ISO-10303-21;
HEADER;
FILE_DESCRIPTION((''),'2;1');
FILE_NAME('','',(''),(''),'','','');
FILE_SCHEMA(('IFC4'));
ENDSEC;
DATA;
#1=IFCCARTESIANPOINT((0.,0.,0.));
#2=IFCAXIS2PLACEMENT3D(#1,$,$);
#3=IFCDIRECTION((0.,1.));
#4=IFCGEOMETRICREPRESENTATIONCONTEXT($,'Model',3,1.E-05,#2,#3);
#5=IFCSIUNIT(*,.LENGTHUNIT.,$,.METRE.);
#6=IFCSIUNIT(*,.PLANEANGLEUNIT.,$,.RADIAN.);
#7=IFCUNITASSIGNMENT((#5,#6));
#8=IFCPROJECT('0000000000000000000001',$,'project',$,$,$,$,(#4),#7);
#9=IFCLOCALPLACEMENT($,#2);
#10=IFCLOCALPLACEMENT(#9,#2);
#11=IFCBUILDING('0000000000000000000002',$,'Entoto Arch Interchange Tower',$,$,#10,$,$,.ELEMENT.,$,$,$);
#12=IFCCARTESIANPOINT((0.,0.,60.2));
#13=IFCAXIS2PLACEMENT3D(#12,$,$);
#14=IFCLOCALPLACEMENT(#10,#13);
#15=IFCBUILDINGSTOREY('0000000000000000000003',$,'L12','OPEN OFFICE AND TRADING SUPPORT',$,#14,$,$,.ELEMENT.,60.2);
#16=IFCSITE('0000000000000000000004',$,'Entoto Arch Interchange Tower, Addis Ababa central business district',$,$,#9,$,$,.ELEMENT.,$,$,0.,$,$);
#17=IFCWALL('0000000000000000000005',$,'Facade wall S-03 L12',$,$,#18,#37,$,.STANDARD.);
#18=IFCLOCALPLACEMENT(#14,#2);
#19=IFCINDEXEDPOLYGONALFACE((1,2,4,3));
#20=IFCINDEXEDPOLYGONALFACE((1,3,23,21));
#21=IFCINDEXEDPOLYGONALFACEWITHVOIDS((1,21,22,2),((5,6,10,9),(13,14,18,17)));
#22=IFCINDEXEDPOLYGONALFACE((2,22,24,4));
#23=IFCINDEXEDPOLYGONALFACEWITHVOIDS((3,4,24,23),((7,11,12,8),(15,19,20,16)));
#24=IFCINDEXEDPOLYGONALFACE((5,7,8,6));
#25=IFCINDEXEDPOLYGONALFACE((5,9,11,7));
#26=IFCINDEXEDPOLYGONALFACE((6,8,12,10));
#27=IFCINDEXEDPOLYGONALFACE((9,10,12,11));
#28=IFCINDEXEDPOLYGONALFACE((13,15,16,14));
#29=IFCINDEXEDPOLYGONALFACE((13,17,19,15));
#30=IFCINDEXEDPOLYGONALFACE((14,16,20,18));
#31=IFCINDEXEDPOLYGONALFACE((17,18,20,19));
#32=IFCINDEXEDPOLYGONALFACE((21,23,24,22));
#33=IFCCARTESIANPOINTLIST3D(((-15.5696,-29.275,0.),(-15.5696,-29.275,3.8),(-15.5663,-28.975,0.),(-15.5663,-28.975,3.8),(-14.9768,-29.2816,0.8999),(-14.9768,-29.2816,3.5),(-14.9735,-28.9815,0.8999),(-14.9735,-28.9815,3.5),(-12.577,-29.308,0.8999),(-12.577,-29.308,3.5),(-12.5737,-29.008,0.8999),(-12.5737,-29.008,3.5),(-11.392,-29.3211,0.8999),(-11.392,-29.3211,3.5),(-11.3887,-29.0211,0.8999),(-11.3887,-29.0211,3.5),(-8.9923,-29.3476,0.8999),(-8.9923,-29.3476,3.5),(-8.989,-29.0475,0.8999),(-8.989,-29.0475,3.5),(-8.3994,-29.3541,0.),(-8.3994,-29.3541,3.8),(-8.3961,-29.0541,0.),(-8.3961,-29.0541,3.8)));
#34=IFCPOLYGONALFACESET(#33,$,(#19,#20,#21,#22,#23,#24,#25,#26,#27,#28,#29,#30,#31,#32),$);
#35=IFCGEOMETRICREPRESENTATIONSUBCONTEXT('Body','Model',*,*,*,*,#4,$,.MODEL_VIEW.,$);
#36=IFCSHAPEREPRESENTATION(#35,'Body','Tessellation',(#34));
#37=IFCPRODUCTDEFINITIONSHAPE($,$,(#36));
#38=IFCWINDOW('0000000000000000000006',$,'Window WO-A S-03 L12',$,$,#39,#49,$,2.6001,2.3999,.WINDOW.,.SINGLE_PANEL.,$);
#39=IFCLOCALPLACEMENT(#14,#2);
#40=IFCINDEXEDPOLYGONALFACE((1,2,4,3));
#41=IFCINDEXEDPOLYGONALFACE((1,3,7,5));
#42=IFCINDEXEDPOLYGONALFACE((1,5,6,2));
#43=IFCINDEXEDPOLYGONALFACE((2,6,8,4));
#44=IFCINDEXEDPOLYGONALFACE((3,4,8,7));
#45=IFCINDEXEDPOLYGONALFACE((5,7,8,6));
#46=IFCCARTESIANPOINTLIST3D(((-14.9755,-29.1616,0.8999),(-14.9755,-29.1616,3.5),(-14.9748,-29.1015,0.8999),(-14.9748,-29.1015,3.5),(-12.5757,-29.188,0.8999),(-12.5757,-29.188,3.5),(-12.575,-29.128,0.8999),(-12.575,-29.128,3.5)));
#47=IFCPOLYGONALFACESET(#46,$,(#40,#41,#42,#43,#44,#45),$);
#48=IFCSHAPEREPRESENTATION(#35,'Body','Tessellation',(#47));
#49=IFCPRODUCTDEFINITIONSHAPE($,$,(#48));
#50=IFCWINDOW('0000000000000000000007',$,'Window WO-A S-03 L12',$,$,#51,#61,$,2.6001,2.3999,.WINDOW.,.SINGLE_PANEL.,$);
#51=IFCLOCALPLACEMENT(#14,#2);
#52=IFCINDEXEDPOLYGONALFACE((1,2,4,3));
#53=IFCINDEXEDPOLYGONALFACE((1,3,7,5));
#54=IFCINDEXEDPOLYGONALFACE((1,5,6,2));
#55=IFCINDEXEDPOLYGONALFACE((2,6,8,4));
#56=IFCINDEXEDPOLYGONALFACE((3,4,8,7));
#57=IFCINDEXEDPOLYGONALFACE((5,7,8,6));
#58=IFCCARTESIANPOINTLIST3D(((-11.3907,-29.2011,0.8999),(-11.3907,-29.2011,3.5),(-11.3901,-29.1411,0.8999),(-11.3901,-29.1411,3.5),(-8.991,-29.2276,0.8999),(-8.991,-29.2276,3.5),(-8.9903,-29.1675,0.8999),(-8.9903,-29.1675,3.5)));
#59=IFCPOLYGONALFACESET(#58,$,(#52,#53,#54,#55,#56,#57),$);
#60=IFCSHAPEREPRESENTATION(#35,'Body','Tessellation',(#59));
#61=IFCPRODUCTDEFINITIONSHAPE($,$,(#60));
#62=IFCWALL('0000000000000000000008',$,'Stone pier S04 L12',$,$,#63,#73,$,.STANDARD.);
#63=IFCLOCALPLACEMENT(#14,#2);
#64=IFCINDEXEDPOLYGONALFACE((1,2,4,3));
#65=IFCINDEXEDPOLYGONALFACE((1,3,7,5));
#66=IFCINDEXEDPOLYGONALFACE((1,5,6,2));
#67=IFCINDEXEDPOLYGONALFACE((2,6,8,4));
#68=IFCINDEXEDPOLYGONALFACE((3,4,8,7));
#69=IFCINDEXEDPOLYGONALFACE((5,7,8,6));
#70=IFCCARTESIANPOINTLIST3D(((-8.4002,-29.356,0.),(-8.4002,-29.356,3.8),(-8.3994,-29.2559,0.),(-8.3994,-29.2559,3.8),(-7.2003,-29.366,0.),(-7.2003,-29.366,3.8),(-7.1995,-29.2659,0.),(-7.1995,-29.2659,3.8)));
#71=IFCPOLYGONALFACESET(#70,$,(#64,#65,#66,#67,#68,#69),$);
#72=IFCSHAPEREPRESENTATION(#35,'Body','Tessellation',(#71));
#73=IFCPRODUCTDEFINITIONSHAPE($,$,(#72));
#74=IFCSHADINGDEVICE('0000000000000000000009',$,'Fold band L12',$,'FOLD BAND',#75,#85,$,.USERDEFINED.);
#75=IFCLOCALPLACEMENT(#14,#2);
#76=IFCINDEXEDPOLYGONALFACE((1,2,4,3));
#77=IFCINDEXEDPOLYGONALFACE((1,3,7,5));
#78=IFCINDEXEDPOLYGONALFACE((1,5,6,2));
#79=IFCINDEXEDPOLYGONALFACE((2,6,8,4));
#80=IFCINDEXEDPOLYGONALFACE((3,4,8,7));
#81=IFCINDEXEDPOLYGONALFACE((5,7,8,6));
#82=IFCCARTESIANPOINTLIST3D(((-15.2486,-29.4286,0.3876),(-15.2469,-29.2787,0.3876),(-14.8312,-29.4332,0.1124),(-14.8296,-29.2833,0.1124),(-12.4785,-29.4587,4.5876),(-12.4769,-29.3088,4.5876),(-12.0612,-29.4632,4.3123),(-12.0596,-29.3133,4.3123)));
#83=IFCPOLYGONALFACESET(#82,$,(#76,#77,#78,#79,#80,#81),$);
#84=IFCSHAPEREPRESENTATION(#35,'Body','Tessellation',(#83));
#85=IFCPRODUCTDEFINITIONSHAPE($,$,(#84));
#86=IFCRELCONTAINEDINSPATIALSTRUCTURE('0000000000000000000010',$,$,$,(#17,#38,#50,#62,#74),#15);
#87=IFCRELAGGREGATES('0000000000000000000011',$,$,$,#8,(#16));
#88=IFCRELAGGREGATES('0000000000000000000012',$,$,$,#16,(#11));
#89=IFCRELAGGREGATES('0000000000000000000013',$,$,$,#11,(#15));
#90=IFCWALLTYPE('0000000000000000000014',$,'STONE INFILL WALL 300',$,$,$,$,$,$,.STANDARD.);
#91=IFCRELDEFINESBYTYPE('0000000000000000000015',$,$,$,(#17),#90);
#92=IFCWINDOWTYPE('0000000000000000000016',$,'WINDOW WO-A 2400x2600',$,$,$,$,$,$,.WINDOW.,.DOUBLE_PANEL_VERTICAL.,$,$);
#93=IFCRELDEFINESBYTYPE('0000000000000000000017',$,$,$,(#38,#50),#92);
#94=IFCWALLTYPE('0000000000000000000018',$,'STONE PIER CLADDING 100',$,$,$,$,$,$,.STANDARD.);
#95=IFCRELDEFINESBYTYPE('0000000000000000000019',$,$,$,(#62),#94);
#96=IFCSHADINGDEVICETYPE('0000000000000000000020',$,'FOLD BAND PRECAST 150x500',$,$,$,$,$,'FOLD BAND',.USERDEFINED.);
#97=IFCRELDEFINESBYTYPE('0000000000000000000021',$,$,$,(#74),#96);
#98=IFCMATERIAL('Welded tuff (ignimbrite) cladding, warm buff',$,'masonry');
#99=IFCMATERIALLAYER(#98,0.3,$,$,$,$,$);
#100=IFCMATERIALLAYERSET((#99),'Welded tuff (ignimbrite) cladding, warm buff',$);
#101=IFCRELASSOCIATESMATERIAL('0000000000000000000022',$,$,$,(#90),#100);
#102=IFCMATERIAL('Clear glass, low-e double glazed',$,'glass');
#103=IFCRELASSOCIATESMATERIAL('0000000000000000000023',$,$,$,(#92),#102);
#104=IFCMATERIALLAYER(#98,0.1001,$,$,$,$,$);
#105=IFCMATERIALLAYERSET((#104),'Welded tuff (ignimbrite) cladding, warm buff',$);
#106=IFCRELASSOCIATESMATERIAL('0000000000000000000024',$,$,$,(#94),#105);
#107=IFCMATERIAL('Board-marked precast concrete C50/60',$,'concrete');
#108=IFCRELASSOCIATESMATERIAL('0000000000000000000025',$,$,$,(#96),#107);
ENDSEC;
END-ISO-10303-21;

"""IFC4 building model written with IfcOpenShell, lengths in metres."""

from ifc_helpers import new_model, si_unit, direction, frame, frame_2d, origin, origin_2d, place, context, subcontext, project, spatial, rectangle, extrude, material, layer, layer_set, material_profile, profile_set, type_object, element, fill, save


model = new_model("IFC4")

# Units and contexts
model_context = context("Model", 3, precision=1e-05, world=origin(), true_north=direction((0.0, 1.0)))
body_context = subcontext(model_context, "Body", "Model", "MODEL_VIEW")
ifc_project = project(units=[si_unit("LENGTHUNIT", "METRE"), si_unit("PLANEANGLEUNIT", "RADIAN")], contexts=[model_context])

# Site, building, storey
site_placement = place(None, origin())
site = spatial("IfcSite", under=ifc_project, at=site_placement, Name="Entoto Arch Interchange Tower, Addis Ababa central business district", CompositionType="ELEMENT", RefElevation=0.0)
building_placement = place(site_placement, origin())
building = spatial("IfcBuilding", under=site, at=building_placement, Name="Entoto Arch Interchange Tower", CompositionType="ELEMENT")
storey_placement = place(building_placement, frame((0.0, 0.0, 60.2)))
storey = spatial("IfcBuildingStorey", under=building, at=storey_placement, Name="L12", Description="OPEN OFFICE AND TRADING SUPPORT", CompositionType="ELEMENT", Elevation=60.2)

# Shared definitions
ifc_material_1 = material(Name="Clear glass, low-e double glazed", Category="glass")

# Wall, openings, windows
ifc_material_2 = material(Name="Welded tuff (ignimbrite) cladding, warm buff", Category="masonry")
ifc_layer_1 = layer(ifc_material_2, 0.3)
ifc_layer_set_1 = layer_set([ifc_layer_1], Name="Welded tuff (ignimbrite) cladding, warm buff")
wall_type_1 = type_object("IfcWallType", Name="STONE INFILL WALL 300", PredefinedType="STANDARD", material=ifc_layer_set_1)
wall_1_placement = place(storey_placement, frame((-15.5681, -29.125, 0.0), z_axis=(0.0, 0.0, 1.0), x_axis=(0.999939, -0.011031, 0.0)))
wall_1 = element("IfcWall", 1, at=wall_1_placement, inside=storey, type_object=wall_type_1, Name="Facade wall S-03 L12", PredefinedType="STANDARD", context=body_context, shape_type="SweptSolid", body=[
    extrude(rectangle(XDim=7.1707, YDim=0.3, at=frame_2d((3.5854, 0.0))), origin(), (0.0, 0.0, 1.0), 3.8),
])
opening_1_placement = place(wall_1_placement, frame((0.593, 0.0, 0.8999)))
opening_1 = element("IfcOpeningElement", 2, at=opening_1_placement, cuts=wall_1, PredefinedType="OPENING", context=body_context, shape_type="SweptSolid", body=[
    extrude(rectangle(XDim=2.3999, YDim=2.6001, at=frame_2d((1.2, 1.3))), frame((0.0, 0.1602, 0.0), z_axis=(0.0, -1.0, 0.0), x_axis=(1.0, 0.0, 0.0)), (0.0, 0.0, 1.0), 0.3201),
])
opening_2_placement = place(wall_1_placement, frame((4.178, 0.0, 0.8999)))
opening_2 = element("IfcOpeningElement", 3, at=opening_2_placement, cuts=wall_1, PredefinedType="OPENING", context=body_context, shape_type="SweptSolid", body=[
    extrude(rectangle(XDim=2.3999, YDim=2.6001, at=frame_2d((1.2, 1.3))), frame((0.0, 0.1602, 0.0), z_axis=(0.0, -1.0, 0.0), x_axis=(1.0, 0.0, 0.0)), (0.0, 0.0, 1.0), 0.3201),
])
window_type = type_object("IfcWindowType", Name="WINDOW WO-A 2400x2600", PartitioningType="DOUBLE_PANEL_VERTICAL", PredefinedType="WINDOW", material=ifc_material_1)
window_1_placement = place(opening_1_placement, origin())
window_1 = element("IfcWindow", 4, at=window_1_placement, inside=storey, type_object=window_type, Name="Window WO-A S-03 L12", OverallHeight=2.6001, OverallWidth=2.3999, PartitioningType="SINGLE_PANEL", PredefinedType="WINDOW", context=body_context, shape_type="SweptSolid", body=[
    extrude(rectangle(XDim=2.3999, YDim=2.6001, at=frame_2d((1.2, 1.3))), frame((0.0, 0.03, 0.0), z_axis=(0.0, -1.0, 0.0), x_axis=(1.0, 0.0, 0.0)), (0.0, 0.0, 1.0), 0.0601),
])
fill(opening_1, window_1)
window_2_placement = place(opening_2_placement, origin())
window_2 = element("IfcWindow", 5, at=window_2_placement, inside=storey, type_object=window_type, Name="Window WO-A S-03 L12", OverallHeight=2.6001, OverallWidth=2.3999, PartitioningType="SINGLE_PANEL", PredefinedType="WINDOW", context=body_context, shape_type="SweptSolid", body=[
    extrude(rectangle(XDim=2.3999, YDim=2.6001, at=frame_2d((1.2, 1.3))), frame((0.0, 0.03, 0.0), z_axis=(0.0, -1.0, 0.0), x_axis=(1.0, 0.0, 0.0)), (0.0, 0.0, 1.0), 0.0601),
])
fill(opening_2, window_2)

# Wall
ifc_layer_2 = layer(ifc_material_2, 0.1001)
ifc_layer_set_2 = layer_set([ifc_layer_2], Name="Welded tuff (ignimbrite) cladding, warm buff")
wall_type_2 = type_object("IfcWallType", Name="STONE PIER CLADDING 100", PredefinedType="STANDARD", material=ifc_layer_set_2)
wall_2_placement = place(storey_placement, frame((-8.3999, -29.3059, 0.0), z_axis=(0.0, 0.0, 1.0), x_axis=(0.999965, -0.008342, 0.0)))
element("IfcWall", 6, at=wall_2_placement, inside=storey, type_object=wall_type_2, Name="Stone pier S04 L12", PredefinedType="STANDARD", context=body_context, shape_type="SweptSolid", body=[
    extrude(rectangle(XDim=1.2, YDim=0.1001, at=frame_2d((0.6001, 0.0))), origin(), (0.0, 0.0, 1.0), 3.8),
])

# Shading device
ifc_material_3 = material(Name="Board-marked precast concrete C50/60", Category="concrete")
ifc_material_profile_1 = material_profile(ifc_material_3, rectangle(XDim=0.1499, YDim=0.5, at=origin_2d()))
ifc_profile_set_1 = profile_set([ifc_material_profile_1], Name="Board-marked precast concrete C50/60")
shading_device_type = type_object("IfcShadingDeviceType", Name="FOLD BAND PRECAST 150x500", ElementType="FOLD BAND", PredefinedType="USERDEFINED", material=ifc_profile_set_1)
shading_device_placement = place(storey_placement, frame((-15.0391, -29.356, 0.25), z_axis=(0.550563, -0.005969, 0.834773), x_axis=(0.01084, 0.999941, 0.0)))
element("IfcShadingDevice", 7, at=shading_device_placement, inside=storey, type_object=shading_device_type, Name="Fold band L12", ObjectType="FOLD BAND", PredefinedType="USERDEFINED", context=body_context, shape_type="SweptSolid", body=[
    extrude(rectangle(XDim=0.1499, YDim=0.5, at=origin_2d()), origin(), (0.0, 0.0, 1.0), 5.0312),
])

save(model, "model.ifc")
